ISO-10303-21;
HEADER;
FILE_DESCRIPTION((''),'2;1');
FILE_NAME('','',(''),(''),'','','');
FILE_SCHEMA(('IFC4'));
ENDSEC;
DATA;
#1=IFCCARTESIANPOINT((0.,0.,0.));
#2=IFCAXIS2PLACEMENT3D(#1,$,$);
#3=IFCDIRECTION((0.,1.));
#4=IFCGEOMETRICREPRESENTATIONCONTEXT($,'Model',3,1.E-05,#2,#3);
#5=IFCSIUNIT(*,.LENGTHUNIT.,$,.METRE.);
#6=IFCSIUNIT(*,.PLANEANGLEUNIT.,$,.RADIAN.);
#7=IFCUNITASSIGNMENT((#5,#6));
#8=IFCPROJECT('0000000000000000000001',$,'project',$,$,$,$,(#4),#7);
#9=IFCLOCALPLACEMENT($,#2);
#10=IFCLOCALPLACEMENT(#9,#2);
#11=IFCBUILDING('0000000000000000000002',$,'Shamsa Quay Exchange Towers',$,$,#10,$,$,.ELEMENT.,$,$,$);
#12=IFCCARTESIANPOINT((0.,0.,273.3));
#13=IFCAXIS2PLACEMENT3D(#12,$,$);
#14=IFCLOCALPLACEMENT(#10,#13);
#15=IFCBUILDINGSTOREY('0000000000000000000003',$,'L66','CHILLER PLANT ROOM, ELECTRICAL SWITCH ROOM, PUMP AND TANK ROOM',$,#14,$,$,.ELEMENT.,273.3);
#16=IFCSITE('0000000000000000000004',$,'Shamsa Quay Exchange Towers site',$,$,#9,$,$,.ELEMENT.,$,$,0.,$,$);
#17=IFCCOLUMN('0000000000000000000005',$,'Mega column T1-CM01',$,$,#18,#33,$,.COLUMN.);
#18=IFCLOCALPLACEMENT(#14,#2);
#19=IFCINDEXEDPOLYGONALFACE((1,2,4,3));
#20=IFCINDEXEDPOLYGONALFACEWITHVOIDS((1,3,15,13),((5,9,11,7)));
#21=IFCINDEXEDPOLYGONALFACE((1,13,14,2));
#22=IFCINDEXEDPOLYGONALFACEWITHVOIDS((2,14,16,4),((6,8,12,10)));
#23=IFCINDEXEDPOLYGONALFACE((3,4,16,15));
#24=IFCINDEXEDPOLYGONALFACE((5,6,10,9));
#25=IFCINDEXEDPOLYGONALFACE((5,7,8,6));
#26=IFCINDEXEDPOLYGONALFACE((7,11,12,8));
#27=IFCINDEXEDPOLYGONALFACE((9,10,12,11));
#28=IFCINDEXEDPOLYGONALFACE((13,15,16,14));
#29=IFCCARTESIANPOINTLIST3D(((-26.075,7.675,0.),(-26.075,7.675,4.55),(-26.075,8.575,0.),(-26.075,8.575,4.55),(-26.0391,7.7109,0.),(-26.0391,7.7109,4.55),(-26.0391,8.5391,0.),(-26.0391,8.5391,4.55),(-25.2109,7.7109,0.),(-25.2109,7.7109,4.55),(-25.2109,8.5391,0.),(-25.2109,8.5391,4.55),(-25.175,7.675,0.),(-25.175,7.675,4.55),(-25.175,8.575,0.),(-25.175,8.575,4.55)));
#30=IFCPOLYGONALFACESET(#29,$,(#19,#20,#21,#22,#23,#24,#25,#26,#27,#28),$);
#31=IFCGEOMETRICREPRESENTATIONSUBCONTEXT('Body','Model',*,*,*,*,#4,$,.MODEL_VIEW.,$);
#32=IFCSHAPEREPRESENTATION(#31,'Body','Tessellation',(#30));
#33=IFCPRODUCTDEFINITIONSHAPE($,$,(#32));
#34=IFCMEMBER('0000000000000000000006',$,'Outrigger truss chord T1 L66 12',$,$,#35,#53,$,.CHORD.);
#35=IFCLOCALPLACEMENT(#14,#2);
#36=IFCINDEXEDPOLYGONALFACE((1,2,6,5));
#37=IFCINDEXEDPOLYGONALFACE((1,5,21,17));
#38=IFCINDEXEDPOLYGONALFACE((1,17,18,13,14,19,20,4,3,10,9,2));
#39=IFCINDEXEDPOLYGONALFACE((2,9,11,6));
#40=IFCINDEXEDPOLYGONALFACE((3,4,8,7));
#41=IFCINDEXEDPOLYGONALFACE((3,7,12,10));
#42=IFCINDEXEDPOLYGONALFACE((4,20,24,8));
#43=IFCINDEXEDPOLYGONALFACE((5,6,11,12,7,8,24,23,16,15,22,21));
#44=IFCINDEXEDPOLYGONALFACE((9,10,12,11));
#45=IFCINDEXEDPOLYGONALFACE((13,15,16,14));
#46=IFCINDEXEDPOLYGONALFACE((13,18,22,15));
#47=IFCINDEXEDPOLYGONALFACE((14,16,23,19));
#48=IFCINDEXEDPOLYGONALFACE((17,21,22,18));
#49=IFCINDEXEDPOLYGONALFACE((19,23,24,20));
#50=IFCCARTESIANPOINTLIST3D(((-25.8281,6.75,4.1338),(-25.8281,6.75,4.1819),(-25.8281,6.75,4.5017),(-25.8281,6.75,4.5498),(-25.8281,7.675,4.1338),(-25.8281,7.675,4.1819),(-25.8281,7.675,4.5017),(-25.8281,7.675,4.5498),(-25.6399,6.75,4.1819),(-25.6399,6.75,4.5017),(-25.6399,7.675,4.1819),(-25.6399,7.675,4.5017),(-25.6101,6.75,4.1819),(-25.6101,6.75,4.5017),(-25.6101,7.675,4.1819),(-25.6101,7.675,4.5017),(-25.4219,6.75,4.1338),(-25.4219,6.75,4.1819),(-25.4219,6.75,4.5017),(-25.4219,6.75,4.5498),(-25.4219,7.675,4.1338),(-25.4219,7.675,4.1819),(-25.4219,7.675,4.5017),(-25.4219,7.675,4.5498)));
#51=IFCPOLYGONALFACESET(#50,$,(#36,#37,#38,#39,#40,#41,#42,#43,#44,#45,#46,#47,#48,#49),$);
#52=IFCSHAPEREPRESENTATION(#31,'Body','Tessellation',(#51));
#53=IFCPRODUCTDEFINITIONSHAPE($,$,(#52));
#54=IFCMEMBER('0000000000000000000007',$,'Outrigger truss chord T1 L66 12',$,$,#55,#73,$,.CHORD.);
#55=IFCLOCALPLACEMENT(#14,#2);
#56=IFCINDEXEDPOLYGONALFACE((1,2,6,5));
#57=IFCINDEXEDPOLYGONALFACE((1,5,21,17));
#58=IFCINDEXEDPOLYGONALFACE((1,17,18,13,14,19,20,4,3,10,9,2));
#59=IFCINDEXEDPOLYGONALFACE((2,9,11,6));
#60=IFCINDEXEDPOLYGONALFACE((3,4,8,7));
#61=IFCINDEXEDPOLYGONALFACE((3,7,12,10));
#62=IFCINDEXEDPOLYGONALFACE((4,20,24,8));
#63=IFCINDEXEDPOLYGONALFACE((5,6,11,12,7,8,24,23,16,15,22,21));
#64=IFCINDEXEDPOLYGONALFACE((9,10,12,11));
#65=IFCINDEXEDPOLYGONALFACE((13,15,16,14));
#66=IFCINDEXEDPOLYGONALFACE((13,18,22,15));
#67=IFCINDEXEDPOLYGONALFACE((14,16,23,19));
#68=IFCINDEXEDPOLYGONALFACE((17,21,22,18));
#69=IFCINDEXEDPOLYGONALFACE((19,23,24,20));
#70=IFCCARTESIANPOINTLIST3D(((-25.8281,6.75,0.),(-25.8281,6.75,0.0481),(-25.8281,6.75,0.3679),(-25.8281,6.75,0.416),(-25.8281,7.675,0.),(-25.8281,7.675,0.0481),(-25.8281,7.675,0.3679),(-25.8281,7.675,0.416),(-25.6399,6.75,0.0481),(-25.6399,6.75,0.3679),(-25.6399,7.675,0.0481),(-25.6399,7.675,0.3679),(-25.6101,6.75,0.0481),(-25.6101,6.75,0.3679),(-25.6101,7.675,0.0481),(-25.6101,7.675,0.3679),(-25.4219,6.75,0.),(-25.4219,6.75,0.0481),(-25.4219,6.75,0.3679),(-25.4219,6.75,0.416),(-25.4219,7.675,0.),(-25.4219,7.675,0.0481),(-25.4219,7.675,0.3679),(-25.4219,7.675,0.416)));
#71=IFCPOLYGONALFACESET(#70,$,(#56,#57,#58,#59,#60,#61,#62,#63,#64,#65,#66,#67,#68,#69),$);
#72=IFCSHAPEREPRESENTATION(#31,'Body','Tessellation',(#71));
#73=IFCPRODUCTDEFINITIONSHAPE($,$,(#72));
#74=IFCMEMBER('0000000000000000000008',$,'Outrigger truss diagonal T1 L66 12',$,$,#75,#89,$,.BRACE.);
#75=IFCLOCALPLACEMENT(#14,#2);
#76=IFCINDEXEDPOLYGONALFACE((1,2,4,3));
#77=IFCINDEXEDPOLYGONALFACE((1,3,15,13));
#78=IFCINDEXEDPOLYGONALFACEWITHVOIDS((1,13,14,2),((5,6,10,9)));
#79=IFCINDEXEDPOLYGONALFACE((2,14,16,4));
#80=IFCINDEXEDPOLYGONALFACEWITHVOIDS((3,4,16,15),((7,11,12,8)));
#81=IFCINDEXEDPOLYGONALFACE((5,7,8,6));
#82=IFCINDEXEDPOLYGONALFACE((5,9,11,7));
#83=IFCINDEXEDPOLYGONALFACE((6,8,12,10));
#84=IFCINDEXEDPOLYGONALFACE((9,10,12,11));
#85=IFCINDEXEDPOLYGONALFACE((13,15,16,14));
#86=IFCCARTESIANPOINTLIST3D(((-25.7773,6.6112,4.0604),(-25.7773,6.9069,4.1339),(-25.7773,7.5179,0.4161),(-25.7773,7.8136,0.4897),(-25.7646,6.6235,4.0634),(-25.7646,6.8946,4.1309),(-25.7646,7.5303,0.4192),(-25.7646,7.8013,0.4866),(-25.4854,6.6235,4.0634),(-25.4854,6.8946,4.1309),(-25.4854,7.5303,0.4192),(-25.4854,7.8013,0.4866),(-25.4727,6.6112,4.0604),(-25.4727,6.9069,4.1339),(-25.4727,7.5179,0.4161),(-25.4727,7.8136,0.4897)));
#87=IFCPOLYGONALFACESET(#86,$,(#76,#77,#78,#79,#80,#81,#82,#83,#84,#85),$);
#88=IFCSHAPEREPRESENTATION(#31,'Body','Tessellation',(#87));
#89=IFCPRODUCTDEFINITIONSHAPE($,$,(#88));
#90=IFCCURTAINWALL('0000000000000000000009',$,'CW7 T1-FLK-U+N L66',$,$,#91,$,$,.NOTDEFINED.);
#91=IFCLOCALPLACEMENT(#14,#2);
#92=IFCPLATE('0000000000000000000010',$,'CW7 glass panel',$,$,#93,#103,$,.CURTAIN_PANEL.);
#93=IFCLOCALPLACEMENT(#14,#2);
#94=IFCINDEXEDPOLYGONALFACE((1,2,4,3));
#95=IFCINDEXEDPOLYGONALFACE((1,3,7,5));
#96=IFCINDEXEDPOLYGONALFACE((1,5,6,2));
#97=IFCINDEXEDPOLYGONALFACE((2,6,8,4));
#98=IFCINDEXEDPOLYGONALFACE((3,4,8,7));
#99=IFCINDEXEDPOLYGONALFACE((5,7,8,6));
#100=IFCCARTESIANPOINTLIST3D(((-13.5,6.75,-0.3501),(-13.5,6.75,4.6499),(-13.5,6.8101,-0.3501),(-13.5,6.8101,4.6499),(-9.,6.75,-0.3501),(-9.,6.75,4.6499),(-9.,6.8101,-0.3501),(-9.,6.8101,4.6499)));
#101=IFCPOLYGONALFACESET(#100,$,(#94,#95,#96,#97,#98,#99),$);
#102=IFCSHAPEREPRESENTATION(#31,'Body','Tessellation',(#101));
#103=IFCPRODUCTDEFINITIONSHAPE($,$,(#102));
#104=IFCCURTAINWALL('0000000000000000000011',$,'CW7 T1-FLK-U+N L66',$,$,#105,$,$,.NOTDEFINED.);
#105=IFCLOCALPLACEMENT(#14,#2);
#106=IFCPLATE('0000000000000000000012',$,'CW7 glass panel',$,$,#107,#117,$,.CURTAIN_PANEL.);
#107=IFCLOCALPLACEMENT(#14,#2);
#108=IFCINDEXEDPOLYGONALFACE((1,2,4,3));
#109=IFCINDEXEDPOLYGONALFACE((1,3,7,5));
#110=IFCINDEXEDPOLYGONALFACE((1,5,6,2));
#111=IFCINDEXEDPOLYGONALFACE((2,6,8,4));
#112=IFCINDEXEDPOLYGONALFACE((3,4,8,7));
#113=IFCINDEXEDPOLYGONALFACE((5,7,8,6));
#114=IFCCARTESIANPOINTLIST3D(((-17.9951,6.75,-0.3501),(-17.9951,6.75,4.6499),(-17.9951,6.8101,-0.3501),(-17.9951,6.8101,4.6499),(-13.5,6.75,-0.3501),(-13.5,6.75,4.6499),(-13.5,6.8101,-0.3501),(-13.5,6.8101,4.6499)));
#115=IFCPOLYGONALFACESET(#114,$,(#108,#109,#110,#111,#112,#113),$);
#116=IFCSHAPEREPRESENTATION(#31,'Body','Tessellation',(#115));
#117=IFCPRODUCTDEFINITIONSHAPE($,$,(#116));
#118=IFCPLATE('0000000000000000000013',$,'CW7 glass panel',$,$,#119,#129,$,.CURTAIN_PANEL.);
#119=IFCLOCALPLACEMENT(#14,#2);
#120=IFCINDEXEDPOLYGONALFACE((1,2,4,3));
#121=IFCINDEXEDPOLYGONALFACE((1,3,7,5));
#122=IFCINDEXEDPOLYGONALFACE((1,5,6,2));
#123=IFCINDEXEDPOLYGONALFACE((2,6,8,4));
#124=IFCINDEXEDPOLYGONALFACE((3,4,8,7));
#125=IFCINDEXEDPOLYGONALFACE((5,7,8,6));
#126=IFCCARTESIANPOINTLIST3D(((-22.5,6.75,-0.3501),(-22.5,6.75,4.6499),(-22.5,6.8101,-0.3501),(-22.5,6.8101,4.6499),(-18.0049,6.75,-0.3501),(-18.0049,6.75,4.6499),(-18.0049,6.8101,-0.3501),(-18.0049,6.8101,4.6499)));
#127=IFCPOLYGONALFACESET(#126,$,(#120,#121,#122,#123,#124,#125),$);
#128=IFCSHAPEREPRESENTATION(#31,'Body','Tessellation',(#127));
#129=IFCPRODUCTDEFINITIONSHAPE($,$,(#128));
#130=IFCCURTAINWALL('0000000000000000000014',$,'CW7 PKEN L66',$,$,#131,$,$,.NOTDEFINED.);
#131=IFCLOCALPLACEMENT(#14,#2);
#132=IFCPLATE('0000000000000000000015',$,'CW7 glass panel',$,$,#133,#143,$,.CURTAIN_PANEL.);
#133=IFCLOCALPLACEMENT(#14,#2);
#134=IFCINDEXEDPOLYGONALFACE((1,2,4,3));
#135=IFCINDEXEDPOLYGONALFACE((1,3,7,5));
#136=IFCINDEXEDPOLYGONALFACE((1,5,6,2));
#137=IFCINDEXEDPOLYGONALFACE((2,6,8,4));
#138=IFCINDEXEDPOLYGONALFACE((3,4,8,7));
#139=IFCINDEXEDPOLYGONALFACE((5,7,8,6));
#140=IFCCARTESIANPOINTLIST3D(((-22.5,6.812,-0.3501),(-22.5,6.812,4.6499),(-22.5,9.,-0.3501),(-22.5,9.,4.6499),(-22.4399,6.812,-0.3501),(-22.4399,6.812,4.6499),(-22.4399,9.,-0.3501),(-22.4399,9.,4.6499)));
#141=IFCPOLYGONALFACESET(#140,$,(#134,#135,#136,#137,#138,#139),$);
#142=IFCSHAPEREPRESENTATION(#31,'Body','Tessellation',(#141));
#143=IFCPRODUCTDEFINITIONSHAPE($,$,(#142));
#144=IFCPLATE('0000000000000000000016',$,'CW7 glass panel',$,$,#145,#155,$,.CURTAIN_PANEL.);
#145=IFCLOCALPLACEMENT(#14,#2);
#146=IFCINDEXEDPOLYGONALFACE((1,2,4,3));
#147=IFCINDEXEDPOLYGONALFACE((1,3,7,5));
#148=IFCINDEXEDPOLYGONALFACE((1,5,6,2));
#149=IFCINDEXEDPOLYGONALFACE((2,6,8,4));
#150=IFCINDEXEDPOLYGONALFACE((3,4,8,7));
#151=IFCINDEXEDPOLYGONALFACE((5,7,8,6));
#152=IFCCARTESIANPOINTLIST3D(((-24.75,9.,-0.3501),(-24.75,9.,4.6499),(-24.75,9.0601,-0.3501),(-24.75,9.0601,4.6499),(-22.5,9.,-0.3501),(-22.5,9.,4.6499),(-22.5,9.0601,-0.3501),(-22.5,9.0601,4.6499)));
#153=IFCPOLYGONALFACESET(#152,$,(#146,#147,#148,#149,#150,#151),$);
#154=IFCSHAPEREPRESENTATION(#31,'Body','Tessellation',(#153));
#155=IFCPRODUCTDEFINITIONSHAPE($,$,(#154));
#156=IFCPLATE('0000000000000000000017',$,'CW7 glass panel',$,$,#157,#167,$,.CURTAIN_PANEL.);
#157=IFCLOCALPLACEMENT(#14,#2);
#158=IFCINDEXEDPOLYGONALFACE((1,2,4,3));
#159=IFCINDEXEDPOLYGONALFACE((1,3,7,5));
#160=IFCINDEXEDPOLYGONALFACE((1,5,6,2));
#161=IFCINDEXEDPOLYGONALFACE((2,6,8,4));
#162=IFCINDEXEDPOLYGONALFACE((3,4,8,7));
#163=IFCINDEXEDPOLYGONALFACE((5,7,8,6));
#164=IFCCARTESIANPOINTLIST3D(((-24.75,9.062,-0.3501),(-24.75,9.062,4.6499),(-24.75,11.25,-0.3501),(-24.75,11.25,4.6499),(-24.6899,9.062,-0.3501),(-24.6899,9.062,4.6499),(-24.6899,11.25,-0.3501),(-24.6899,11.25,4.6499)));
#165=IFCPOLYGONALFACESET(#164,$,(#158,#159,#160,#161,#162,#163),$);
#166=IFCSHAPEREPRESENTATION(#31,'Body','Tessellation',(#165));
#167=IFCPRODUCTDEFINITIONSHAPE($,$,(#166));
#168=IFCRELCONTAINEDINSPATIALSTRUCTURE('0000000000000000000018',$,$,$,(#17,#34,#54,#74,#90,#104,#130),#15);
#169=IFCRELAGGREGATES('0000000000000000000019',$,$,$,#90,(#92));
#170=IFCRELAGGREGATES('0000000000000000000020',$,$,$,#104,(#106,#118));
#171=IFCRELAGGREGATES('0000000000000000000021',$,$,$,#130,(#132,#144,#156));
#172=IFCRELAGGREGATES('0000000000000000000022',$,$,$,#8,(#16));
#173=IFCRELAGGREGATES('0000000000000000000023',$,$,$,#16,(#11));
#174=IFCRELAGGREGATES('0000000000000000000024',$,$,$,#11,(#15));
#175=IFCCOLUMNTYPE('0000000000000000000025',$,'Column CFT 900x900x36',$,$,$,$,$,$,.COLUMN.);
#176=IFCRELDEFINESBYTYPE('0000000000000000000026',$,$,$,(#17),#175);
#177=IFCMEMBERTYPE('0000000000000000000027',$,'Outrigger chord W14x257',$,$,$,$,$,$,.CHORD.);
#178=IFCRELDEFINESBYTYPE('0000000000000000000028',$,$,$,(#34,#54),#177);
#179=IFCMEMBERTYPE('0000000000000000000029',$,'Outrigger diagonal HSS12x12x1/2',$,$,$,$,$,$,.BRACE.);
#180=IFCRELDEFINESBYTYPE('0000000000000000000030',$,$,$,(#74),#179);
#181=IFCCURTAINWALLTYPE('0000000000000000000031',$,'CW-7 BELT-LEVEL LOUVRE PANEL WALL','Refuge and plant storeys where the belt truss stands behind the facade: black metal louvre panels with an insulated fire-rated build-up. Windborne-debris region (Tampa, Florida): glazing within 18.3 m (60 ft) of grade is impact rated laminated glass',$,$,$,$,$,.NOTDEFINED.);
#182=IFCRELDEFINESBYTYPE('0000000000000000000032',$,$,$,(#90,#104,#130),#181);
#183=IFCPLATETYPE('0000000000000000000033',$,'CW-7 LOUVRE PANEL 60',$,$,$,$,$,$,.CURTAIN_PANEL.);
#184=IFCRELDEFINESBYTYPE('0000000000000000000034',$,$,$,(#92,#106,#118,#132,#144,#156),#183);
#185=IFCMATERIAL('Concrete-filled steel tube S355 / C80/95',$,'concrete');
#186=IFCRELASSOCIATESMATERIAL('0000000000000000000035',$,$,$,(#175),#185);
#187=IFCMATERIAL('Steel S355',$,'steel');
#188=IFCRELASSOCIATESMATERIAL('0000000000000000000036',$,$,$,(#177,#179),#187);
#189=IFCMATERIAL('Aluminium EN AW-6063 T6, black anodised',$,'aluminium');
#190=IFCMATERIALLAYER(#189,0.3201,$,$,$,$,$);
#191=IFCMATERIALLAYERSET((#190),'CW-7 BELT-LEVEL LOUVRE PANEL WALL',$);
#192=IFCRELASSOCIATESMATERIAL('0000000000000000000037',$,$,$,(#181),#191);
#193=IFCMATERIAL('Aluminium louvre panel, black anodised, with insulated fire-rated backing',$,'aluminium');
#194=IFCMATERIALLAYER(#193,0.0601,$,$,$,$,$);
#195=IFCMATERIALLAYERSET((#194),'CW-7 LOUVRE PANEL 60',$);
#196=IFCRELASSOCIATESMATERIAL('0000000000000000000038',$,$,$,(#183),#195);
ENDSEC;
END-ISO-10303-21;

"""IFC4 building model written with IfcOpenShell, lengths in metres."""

from ifc_helpers import new_model, si_unit, direction, frame, origin, origin_2d, place, context, subcontext, project, spatial, rectangle, hollow_rectangle, i_section, extrude, material, layer, layer_set, material_profile, profile_set, type_object, element, aggregate, save


model = new_model("IFC4")

# Units and contexts
model_context = context("Model", 3, precision=1e-05, world=origin(), true_north=direction((0.0, 1.0)))
body_context = subcontext(model_context, "Body", "Model", "MODEL_VIEW")
ifc_project = project(units=[si_unit("LENGTHUNIT", "METRE"), si_unit("PLANEANGLEUNIT", "RADIAN")], contexts=[model_context])

# Site, building, storey
site_placement = place(None, origin())
site = spatial("IfcSite", under=ifc_project, at=site_placement, Name="Shamsa Quay Exchange Towers site", CompositionType="ELEMENT", RefElevation=0.0)
building_placement = place(site_placement, origin())
building = spatial("IfcBuilding", under=site, at=building_placement, Name="Shamsa Quay Exchange Towers", CompositionType="ELEMENT")
storey_placement = place(building_placement, frame((0.0, 0.0, 273.3)))
storey = spatial("IfcBuildingStorey", under=building, at=storey_placement, Name="L66", Description="CHILLER PLANT ROOM, ELECTRICAL SWITCH ROOM, PUMP AND TANK ROOM", CompositionType="ELEMENT", Elevation=273.3)

# Column
ifc_material_1 = material(Name="Concrete-filled steel tube S355 / C80/95", Category="concrete")
ifc_material_profile_1 = material_profile(ifc_material_1, hollow_rectangle(XDim=0.8999, YDim=0.8999, WallThickness=0.0359, at=origin_2d()), Name="CFT 900x900x36")
ifc_profile_set_1 = profile_set([ifc_material_profile_1], Name="Concrete-filled steel tube S355 / C80/95")
column_type = type_object("IfcColumnType", Name="Column CFT 900x900x36", PredefinedType="COLUMN", material=ifc_profile_set_1)
column_placement = place(storey_placement, frame((-25.625, 8.125, 0.0)))
element("IfcColumn", 1, at=column_placement, inside=storey, type_object=column_type, Name="Mega column T1-CM01", PredefinedType="COLUMN", context=body_context, shape_type="SweptSolid", body=[
    extrude(hollow_rectangle(XDim=0.8999, YDim=0.8999, WallThickness=0.0359, at=origin_2d()), origin(), (0.0, 0.0, 1.0), 4.55),
])

# Members
ifc_material_2 = material(Name="Steel S355", Category="steel")
ifc_material_profile_2 = material_profile(ifc_material_2, i_section(OverallWidth=0.4062, OverallDepth=0.416, WebThickness=0.0298, FlangeThickness=0.0481, at=origin_2d()), Name="W14x257")
ifc_profile_set_2 = profile_set([ifc_material_profile_2], Name="Steel S355")
member_type_1 = type_object("IfcMemberType", Name="Outrigger chord W14x257", PredefinedType="CHORD", material=ifc_profile_set_2)
for number, where, z_axis, x_axis, name in (
    (2, (-25.625, 7.675, 4.3418), (0.0, -1.0, 0.0), (1.0, 0.0, 0.0), "Outrigger truss chord T1 L66 12"),
    (3, (-25.625, 7.675, 0.208), (0.0, -1.0, 0.0), (1.0, 0.0, 0.0), "Outrigger truss chord T1 L66 12"),
):
    element("IfcMember", number, at=place(storey_placement, frame(where, z_axis=z_axis, x_axis=x_axis)), inside=storey, type_object=member_type_1, Name=name, PredefinedType="CHORD", context=body_context, shape_type="SweptSolid", body=[
        extrude(i_section(OverallWidth=0.4062, OverallDepth=0.416, WebThickness=0.0298, FlangeThickness=0.0481, at=origin_2d()), origin(), (0.0, 0.0, 1.0), 0.925),
    ])
ifc_material_profile_3 = material_profile(ifc_material_2, hollow_rectangle(XDim=0.3047, YDim=0.3047, WallThickness=0.0127, at=origin_2d()), Name="HSS12x12x1/2")
ifc_profile_set_3 = profile_set([ifc_material_profile_3], Name="Steel S355")
member_type_2 = type_object("IfcMemberType", Name="Outrigger diagonal HSS12x12x1/2", PredefinedType="BRACE", material=ifc_profile_set_3)
member_placement = place(storey_placement, frame((-25.625, 7.6658, 0.4529), z_axis=(0.0, -0.241449, 0.970413), x_axis=(1.0, 0.0, 0.0)))
element("IfcMember", 4, at=member_placement, inside=storey, type_object=member_type_2, Name="Outrigger truss diagonal T1 L66 12", PredefinedType="BRACE", context=body_context, shape_type="SweptSolid", body=[
    extrude(hollow_rectangle(XDim=0.3047, YDim=0.3047, WallThickness=0.0127, at=origin_2d()), origin(), (0.0, 0.0, 1.0), 3.7554),
])

# Curtain wall, plate
ifc_material_3 = material(Name="Aluminium EN AW-6063 T6, black anodised", Category="aluminium")
ifc_layer_1 = layer(ifc_material_3, 0.3201)
ifc_layer_set_1 = layer_set([ifc_layer_1], Name="CW-7 BELT-LEVEL LOUVRE PANEL WALL")
curtain_wall_type = type_object("IfcCurtainWallType", Name="CW-7 BELT-LEVEL LOUVRE PANEL WALL", Description="Refuge and plant storeys where the belt truss stands behind the facade: black metal louvre panels with an insulated fire-rated build-up. Windborne-debris region (Tampa, Florida): glazing within 18.3 m (60 ft) of grade is impact rated laminated glass", PredefinedType="NOTDEFINED", material=ifc_layer_set_1)
curtain_wall_1_placement = place(storey_placement, origin())
curtain_wall_1 = element("IfcCurtainWall", 5, at=curtain_wall_1_placement, inside=storey, type_object=curtain_wall_type, Name="CW7 T1-FLK-U+N L66", PredefinedType="NOTDEFINED")
ifc_material_4 = material(Name="Aluminium louvre panel, black anodised, with insulated fire-rated backing", Category="aluminium")
ifc_layer_2 = layer(ifc_material_4, 0.0601)
ifc_layer_set_2 = layer_set([ifc_layer_2], Name="CW-7 LOUVRE PANEL 60")
plate_type = type_object("IfcPlateType", Name="CW-7 LOUVRE PANEL 60", PredefinedType="CURTAIN_PANEL", material=ifc_layer_set_2)
plate_1_placement = place(storey_placement, frame((-11.25, 6.78, -0.3501), z_axis=(0.0, 0.0, 1.0), x_axis=(-1.0, 0.0, 0.0)))
plate_1 = element("IfcPlate", 6, at=plate_1_placement, type_object=plate_type, Name="CW7 glass panel", PredefinedType="CURTAIN_PANEL", context=body_context, shape_type="SweptSolid", body=[
    extrude(rectangle(XDim=4.5, YDim=0.0601, at=origin_2d()), origin(), (0.0, 0.0, 1.0), 5.0),
])
aggregate(curtain_wall_1, [plate_1])

# Curtain walls, plates
curtain_wall_2_placement = place(storey_placement, origin())
curtain_wall_2 = element("IfcCurtainWall", 7, at=curtain_wall_2_placement, inside=storey, type_object=curtain_wall_type, Name="CW7 T1-FLK-U+N L66", PredefinedType="NOTDEFINED")
plate_2_placement = place(storey_placement, frame((-15.7476, 6.78, -0.3501), z_axis=(0.0, 0.0, 1.0), x_axis=(-1.0, 0.0, 0.0)))
plate_2 = element("IfcPlate", 8, at=plate_2_placement, type_object=plate_type, Name="CW7 glass panel", PredefinedType="CURTAIN_PANEL", context=body_context, shape_type="SweptSolid", body=[
    extrude(rectangle(XDim=4.4951, YDim=0.0601, at=origin_2d()), origin(), (0.0, 0.0, 1.0), 5.0),
])
plate_3_placement = place(storey_placement, frame((-20.2524, 6.78, -0.3501), z_axis=(0.0, 0.0, 1.0), x_axis=(-1.0, 0.0, 0.0)))
plate_3 = element("IfcPlate", 9, at=plate_3_placement, type_object=plate_type, Name="CW7 glass panel", PredefinedType="CURTAIN_PANEL", context=body_context, shape_type="SweptSolid", body=[
    extrude(rectangle(XDim=4.4951, YDim=0.0601, at=origin_2d()), origin(), (0.0, 0.0, 1.0), 5.0),
])
aggregate(curtain_wall_2, [plate_2, plate_3])
curtain_wall_3_placement = place(storey_placement, origin())
curtain_wall_3 = element("IfcCurtainWall", 10, at=curtain_wall_3_placement, inside=storey, type_object=curtain_wall_type, Name="CW7 PKEN L66", PredefinedType="NOTDEFINED")
plate_4_placement = place(storey_placement, frame((-22.47, 7.906, -0.3501), z_axis=(0.0, 0.0, 1.0), x_axis=(0.0, 1.0, 0.0)))
plate_4 = element("IfcPlate", 11, at=plate_4_placement, type_object=plate_type, Name="CW7 glass panel", PredefinedType="CURTAIN_PANEL", context=body_context, shape_type="SweptSolid", body=[
    extrude(rectangle(XDim=2.188, YDim=0.0601, at=origin_2d()), origin(), (0.0, 0.0, 1.0), 5.0),
])
plate_5_placement = place(storey_placement, frame((-23.625, 9.03, -0.3501), z_axis=(0.0, 0.0, 1.0), x_axis=(-1.0, 0.0, 0.0)))
plate_5 = element("IfcPlate", 12, at=plate_5_placement, type_object=plate_type, Name="CW7 glass panel", PredefinedType="CURTAIN_PANEL", context=body_context, shape_type="SweptSolid", body=[
    extrude(rectangle(XDim=2.25, YDim=0.0601, at=origin_2d()), origin(), (0.0, 0.0, 1.0), 5.0),
])
plate_6_placement = place(storey_placement, frame((-24.72, 10.156, -0.3501), z_axis=(0.0, 0.0, 1.0), x_axis=(0.0, 1.0, 0.0)))
plate_6 = element("IfcPlate", 13, at=plate_6_placement, type_object=plate_type, Name="CW7 glass panel", PredefinedType="CURTAIN_PANEL", context=body_context, shape_type="SweptSolid", body=[
    extrude(rectangle(XDim=2.188, YDim=0.0601, at=origin_2d()), origin(), (0.0, 0.0, 1.0), 5.0),
])
aggregate(curtain_wall_3, [plate_4, plate_5, plate_6])

save(model, "model.ifc")
